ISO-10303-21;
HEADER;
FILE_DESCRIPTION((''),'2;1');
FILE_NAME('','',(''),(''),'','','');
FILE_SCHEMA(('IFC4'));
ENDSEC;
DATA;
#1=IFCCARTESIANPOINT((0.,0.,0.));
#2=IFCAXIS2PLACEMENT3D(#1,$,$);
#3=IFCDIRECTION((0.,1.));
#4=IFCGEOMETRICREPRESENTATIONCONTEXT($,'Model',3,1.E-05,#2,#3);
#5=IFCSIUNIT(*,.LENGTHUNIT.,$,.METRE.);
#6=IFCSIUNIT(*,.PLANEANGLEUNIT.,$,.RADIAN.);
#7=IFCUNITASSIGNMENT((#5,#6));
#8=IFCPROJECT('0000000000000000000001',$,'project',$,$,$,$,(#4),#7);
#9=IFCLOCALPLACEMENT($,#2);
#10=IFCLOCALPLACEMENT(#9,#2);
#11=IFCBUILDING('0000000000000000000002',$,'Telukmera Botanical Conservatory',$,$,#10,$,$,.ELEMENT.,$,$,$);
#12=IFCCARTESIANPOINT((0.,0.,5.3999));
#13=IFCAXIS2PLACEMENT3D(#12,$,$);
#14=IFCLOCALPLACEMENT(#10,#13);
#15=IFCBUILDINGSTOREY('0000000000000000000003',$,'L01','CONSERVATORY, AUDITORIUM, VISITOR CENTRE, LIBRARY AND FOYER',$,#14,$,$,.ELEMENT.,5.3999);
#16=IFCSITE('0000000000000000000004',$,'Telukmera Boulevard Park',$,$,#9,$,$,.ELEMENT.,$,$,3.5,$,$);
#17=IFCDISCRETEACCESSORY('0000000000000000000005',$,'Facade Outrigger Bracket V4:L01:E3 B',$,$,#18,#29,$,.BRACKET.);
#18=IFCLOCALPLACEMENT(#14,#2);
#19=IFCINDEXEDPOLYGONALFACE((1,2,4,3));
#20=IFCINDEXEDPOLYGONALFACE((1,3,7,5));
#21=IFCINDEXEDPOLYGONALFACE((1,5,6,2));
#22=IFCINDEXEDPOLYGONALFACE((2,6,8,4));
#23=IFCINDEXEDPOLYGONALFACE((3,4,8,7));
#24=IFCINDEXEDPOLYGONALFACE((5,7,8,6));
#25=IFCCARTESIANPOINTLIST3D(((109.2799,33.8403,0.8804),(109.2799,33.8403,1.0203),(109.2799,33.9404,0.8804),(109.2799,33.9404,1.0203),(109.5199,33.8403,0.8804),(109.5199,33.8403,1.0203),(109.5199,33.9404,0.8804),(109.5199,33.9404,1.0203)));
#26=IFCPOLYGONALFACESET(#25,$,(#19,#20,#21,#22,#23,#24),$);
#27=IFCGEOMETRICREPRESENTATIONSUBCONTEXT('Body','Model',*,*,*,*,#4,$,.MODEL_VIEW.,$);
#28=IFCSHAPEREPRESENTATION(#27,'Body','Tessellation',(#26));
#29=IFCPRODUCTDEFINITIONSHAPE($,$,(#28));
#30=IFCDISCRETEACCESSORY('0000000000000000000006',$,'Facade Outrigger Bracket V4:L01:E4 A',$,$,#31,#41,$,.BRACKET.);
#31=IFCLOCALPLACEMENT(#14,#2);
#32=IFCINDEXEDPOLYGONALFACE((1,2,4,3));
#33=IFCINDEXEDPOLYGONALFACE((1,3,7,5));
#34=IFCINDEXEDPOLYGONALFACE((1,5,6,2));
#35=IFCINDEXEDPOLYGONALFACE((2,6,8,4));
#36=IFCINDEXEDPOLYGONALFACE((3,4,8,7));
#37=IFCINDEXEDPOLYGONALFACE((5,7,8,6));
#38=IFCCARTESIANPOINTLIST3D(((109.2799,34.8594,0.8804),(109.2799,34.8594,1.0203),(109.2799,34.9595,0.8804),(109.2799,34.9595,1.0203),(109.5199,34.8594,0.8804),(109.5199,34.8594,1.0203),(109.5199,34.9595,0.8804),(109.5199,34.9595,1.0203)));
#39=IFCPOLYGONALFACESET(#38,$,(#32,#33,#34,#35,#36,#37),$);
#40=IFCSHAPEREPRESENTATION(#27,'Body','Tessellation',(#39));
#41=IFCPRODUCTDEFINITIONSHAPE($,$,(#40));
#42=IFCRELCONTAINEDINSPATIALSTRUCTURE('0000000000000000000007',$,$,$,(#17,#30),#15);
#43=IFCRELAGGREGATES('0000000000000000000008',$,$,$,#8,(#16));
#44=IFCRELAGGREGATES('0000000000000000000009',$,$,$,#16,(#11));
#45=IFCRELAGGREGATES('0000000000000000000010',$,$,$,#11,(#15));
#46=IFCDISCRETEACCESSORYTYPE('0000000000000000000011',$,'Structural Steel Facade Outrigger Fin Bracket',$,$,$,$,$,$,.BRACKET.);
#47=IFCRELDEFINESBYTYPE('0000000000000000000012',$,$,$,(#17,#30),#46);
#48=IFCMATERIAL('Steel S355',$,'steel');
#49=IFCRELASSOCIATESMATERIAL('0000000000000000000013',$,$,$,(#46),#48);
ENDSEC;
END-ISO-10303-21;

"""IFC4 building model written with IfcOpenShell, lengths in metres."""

from ifc_helpers import new_model, si_unit, direction, frame, origin, origin_2d, place, context, subcontext, project, spatial, rectangle, extrude, material, type_object, element, save


model = new_model("IFC4")

# Units and contexts
model_context = context("Model", 3, precision=1e-05, world=origin(), true_north=direction((0.0, 1.0)))
body_context = subcontext(model_context, "Body", "Model", "MODEL_VIEW")
ifc_project = project(units=[si_unit("LENGTHUNIT", "METRE"), si_unit("PLANEANGLEUNIT", "RADIAN")], contexts=[model_context])

# Site, building, storey
site_placement = place(None, origin())
site = spatial("IfcSite", under=ifc_project, at=site_placement, Name="Telukmera Boulevard Park", CompositionType="ELEMENT", RefElevation=3.5)
building_placement = place(site_placement, origin())
building = spatial("IfcBuilding", under=site, at=building_placement, Name="Telukmera Botanical Conservatory", CompositionType="ELEMENT")
storey_placement = place(building_placement, frame((0.0, 0.0, 5.3999)))
storey = spatial("IfcBuildingStorey", under=building, at=storey_placement, Name="L01", Description="CONSERVATORY, AUDITORIUM, VISITOR CENTRE, LIBRARY AND FOYER", CompositionType="ELEMENT", Elevation=5.3999)

# Shared definitions
ifc_material_1 = material(Name="Steel S355", Category="steel")

# Discrete accessories
discrete_accessory_type_1 = type_object("IfcDiscreteAccessoryType", Name="Structural Steel Facade Outrigger Fin Bracket", PredefinedType="BRACKET", material=ifc_material_1)
for number, where, z_axis, x_axis, name in (
    (1, (109.3999, 33.8904, 0.8804), (0.0, 0.0, 1.0), (0.0, 1.0, 0.0), "Facade Outrigger Bracket V4:L01:E3 B"),
    (2, (109.3999, 34.9094, 0.8804), (0.0, 0.0, 1.0), (0.0, 1.0, 0.0), "Facade Outrigger Bracket V4:L01:E4 A"),
):
    element("IfcDiscreteAccessory", number, at=place(storey_placement, frame(where, z_axis=z_axis, x_axis=x_axis)), inside=storey, type_object=discrete_accessory_type_1, Name=name, PredefinedType="BRACKET", context=body_context, shape_type="SweptSolid", body=[
        extrude(rectangle(XDim=0.1001, YDim=0.24, at=origin_2d()), origin(), (0.0, 0.0, 1.0), 0.1399),
    ])

save(model, "model.ifc")
